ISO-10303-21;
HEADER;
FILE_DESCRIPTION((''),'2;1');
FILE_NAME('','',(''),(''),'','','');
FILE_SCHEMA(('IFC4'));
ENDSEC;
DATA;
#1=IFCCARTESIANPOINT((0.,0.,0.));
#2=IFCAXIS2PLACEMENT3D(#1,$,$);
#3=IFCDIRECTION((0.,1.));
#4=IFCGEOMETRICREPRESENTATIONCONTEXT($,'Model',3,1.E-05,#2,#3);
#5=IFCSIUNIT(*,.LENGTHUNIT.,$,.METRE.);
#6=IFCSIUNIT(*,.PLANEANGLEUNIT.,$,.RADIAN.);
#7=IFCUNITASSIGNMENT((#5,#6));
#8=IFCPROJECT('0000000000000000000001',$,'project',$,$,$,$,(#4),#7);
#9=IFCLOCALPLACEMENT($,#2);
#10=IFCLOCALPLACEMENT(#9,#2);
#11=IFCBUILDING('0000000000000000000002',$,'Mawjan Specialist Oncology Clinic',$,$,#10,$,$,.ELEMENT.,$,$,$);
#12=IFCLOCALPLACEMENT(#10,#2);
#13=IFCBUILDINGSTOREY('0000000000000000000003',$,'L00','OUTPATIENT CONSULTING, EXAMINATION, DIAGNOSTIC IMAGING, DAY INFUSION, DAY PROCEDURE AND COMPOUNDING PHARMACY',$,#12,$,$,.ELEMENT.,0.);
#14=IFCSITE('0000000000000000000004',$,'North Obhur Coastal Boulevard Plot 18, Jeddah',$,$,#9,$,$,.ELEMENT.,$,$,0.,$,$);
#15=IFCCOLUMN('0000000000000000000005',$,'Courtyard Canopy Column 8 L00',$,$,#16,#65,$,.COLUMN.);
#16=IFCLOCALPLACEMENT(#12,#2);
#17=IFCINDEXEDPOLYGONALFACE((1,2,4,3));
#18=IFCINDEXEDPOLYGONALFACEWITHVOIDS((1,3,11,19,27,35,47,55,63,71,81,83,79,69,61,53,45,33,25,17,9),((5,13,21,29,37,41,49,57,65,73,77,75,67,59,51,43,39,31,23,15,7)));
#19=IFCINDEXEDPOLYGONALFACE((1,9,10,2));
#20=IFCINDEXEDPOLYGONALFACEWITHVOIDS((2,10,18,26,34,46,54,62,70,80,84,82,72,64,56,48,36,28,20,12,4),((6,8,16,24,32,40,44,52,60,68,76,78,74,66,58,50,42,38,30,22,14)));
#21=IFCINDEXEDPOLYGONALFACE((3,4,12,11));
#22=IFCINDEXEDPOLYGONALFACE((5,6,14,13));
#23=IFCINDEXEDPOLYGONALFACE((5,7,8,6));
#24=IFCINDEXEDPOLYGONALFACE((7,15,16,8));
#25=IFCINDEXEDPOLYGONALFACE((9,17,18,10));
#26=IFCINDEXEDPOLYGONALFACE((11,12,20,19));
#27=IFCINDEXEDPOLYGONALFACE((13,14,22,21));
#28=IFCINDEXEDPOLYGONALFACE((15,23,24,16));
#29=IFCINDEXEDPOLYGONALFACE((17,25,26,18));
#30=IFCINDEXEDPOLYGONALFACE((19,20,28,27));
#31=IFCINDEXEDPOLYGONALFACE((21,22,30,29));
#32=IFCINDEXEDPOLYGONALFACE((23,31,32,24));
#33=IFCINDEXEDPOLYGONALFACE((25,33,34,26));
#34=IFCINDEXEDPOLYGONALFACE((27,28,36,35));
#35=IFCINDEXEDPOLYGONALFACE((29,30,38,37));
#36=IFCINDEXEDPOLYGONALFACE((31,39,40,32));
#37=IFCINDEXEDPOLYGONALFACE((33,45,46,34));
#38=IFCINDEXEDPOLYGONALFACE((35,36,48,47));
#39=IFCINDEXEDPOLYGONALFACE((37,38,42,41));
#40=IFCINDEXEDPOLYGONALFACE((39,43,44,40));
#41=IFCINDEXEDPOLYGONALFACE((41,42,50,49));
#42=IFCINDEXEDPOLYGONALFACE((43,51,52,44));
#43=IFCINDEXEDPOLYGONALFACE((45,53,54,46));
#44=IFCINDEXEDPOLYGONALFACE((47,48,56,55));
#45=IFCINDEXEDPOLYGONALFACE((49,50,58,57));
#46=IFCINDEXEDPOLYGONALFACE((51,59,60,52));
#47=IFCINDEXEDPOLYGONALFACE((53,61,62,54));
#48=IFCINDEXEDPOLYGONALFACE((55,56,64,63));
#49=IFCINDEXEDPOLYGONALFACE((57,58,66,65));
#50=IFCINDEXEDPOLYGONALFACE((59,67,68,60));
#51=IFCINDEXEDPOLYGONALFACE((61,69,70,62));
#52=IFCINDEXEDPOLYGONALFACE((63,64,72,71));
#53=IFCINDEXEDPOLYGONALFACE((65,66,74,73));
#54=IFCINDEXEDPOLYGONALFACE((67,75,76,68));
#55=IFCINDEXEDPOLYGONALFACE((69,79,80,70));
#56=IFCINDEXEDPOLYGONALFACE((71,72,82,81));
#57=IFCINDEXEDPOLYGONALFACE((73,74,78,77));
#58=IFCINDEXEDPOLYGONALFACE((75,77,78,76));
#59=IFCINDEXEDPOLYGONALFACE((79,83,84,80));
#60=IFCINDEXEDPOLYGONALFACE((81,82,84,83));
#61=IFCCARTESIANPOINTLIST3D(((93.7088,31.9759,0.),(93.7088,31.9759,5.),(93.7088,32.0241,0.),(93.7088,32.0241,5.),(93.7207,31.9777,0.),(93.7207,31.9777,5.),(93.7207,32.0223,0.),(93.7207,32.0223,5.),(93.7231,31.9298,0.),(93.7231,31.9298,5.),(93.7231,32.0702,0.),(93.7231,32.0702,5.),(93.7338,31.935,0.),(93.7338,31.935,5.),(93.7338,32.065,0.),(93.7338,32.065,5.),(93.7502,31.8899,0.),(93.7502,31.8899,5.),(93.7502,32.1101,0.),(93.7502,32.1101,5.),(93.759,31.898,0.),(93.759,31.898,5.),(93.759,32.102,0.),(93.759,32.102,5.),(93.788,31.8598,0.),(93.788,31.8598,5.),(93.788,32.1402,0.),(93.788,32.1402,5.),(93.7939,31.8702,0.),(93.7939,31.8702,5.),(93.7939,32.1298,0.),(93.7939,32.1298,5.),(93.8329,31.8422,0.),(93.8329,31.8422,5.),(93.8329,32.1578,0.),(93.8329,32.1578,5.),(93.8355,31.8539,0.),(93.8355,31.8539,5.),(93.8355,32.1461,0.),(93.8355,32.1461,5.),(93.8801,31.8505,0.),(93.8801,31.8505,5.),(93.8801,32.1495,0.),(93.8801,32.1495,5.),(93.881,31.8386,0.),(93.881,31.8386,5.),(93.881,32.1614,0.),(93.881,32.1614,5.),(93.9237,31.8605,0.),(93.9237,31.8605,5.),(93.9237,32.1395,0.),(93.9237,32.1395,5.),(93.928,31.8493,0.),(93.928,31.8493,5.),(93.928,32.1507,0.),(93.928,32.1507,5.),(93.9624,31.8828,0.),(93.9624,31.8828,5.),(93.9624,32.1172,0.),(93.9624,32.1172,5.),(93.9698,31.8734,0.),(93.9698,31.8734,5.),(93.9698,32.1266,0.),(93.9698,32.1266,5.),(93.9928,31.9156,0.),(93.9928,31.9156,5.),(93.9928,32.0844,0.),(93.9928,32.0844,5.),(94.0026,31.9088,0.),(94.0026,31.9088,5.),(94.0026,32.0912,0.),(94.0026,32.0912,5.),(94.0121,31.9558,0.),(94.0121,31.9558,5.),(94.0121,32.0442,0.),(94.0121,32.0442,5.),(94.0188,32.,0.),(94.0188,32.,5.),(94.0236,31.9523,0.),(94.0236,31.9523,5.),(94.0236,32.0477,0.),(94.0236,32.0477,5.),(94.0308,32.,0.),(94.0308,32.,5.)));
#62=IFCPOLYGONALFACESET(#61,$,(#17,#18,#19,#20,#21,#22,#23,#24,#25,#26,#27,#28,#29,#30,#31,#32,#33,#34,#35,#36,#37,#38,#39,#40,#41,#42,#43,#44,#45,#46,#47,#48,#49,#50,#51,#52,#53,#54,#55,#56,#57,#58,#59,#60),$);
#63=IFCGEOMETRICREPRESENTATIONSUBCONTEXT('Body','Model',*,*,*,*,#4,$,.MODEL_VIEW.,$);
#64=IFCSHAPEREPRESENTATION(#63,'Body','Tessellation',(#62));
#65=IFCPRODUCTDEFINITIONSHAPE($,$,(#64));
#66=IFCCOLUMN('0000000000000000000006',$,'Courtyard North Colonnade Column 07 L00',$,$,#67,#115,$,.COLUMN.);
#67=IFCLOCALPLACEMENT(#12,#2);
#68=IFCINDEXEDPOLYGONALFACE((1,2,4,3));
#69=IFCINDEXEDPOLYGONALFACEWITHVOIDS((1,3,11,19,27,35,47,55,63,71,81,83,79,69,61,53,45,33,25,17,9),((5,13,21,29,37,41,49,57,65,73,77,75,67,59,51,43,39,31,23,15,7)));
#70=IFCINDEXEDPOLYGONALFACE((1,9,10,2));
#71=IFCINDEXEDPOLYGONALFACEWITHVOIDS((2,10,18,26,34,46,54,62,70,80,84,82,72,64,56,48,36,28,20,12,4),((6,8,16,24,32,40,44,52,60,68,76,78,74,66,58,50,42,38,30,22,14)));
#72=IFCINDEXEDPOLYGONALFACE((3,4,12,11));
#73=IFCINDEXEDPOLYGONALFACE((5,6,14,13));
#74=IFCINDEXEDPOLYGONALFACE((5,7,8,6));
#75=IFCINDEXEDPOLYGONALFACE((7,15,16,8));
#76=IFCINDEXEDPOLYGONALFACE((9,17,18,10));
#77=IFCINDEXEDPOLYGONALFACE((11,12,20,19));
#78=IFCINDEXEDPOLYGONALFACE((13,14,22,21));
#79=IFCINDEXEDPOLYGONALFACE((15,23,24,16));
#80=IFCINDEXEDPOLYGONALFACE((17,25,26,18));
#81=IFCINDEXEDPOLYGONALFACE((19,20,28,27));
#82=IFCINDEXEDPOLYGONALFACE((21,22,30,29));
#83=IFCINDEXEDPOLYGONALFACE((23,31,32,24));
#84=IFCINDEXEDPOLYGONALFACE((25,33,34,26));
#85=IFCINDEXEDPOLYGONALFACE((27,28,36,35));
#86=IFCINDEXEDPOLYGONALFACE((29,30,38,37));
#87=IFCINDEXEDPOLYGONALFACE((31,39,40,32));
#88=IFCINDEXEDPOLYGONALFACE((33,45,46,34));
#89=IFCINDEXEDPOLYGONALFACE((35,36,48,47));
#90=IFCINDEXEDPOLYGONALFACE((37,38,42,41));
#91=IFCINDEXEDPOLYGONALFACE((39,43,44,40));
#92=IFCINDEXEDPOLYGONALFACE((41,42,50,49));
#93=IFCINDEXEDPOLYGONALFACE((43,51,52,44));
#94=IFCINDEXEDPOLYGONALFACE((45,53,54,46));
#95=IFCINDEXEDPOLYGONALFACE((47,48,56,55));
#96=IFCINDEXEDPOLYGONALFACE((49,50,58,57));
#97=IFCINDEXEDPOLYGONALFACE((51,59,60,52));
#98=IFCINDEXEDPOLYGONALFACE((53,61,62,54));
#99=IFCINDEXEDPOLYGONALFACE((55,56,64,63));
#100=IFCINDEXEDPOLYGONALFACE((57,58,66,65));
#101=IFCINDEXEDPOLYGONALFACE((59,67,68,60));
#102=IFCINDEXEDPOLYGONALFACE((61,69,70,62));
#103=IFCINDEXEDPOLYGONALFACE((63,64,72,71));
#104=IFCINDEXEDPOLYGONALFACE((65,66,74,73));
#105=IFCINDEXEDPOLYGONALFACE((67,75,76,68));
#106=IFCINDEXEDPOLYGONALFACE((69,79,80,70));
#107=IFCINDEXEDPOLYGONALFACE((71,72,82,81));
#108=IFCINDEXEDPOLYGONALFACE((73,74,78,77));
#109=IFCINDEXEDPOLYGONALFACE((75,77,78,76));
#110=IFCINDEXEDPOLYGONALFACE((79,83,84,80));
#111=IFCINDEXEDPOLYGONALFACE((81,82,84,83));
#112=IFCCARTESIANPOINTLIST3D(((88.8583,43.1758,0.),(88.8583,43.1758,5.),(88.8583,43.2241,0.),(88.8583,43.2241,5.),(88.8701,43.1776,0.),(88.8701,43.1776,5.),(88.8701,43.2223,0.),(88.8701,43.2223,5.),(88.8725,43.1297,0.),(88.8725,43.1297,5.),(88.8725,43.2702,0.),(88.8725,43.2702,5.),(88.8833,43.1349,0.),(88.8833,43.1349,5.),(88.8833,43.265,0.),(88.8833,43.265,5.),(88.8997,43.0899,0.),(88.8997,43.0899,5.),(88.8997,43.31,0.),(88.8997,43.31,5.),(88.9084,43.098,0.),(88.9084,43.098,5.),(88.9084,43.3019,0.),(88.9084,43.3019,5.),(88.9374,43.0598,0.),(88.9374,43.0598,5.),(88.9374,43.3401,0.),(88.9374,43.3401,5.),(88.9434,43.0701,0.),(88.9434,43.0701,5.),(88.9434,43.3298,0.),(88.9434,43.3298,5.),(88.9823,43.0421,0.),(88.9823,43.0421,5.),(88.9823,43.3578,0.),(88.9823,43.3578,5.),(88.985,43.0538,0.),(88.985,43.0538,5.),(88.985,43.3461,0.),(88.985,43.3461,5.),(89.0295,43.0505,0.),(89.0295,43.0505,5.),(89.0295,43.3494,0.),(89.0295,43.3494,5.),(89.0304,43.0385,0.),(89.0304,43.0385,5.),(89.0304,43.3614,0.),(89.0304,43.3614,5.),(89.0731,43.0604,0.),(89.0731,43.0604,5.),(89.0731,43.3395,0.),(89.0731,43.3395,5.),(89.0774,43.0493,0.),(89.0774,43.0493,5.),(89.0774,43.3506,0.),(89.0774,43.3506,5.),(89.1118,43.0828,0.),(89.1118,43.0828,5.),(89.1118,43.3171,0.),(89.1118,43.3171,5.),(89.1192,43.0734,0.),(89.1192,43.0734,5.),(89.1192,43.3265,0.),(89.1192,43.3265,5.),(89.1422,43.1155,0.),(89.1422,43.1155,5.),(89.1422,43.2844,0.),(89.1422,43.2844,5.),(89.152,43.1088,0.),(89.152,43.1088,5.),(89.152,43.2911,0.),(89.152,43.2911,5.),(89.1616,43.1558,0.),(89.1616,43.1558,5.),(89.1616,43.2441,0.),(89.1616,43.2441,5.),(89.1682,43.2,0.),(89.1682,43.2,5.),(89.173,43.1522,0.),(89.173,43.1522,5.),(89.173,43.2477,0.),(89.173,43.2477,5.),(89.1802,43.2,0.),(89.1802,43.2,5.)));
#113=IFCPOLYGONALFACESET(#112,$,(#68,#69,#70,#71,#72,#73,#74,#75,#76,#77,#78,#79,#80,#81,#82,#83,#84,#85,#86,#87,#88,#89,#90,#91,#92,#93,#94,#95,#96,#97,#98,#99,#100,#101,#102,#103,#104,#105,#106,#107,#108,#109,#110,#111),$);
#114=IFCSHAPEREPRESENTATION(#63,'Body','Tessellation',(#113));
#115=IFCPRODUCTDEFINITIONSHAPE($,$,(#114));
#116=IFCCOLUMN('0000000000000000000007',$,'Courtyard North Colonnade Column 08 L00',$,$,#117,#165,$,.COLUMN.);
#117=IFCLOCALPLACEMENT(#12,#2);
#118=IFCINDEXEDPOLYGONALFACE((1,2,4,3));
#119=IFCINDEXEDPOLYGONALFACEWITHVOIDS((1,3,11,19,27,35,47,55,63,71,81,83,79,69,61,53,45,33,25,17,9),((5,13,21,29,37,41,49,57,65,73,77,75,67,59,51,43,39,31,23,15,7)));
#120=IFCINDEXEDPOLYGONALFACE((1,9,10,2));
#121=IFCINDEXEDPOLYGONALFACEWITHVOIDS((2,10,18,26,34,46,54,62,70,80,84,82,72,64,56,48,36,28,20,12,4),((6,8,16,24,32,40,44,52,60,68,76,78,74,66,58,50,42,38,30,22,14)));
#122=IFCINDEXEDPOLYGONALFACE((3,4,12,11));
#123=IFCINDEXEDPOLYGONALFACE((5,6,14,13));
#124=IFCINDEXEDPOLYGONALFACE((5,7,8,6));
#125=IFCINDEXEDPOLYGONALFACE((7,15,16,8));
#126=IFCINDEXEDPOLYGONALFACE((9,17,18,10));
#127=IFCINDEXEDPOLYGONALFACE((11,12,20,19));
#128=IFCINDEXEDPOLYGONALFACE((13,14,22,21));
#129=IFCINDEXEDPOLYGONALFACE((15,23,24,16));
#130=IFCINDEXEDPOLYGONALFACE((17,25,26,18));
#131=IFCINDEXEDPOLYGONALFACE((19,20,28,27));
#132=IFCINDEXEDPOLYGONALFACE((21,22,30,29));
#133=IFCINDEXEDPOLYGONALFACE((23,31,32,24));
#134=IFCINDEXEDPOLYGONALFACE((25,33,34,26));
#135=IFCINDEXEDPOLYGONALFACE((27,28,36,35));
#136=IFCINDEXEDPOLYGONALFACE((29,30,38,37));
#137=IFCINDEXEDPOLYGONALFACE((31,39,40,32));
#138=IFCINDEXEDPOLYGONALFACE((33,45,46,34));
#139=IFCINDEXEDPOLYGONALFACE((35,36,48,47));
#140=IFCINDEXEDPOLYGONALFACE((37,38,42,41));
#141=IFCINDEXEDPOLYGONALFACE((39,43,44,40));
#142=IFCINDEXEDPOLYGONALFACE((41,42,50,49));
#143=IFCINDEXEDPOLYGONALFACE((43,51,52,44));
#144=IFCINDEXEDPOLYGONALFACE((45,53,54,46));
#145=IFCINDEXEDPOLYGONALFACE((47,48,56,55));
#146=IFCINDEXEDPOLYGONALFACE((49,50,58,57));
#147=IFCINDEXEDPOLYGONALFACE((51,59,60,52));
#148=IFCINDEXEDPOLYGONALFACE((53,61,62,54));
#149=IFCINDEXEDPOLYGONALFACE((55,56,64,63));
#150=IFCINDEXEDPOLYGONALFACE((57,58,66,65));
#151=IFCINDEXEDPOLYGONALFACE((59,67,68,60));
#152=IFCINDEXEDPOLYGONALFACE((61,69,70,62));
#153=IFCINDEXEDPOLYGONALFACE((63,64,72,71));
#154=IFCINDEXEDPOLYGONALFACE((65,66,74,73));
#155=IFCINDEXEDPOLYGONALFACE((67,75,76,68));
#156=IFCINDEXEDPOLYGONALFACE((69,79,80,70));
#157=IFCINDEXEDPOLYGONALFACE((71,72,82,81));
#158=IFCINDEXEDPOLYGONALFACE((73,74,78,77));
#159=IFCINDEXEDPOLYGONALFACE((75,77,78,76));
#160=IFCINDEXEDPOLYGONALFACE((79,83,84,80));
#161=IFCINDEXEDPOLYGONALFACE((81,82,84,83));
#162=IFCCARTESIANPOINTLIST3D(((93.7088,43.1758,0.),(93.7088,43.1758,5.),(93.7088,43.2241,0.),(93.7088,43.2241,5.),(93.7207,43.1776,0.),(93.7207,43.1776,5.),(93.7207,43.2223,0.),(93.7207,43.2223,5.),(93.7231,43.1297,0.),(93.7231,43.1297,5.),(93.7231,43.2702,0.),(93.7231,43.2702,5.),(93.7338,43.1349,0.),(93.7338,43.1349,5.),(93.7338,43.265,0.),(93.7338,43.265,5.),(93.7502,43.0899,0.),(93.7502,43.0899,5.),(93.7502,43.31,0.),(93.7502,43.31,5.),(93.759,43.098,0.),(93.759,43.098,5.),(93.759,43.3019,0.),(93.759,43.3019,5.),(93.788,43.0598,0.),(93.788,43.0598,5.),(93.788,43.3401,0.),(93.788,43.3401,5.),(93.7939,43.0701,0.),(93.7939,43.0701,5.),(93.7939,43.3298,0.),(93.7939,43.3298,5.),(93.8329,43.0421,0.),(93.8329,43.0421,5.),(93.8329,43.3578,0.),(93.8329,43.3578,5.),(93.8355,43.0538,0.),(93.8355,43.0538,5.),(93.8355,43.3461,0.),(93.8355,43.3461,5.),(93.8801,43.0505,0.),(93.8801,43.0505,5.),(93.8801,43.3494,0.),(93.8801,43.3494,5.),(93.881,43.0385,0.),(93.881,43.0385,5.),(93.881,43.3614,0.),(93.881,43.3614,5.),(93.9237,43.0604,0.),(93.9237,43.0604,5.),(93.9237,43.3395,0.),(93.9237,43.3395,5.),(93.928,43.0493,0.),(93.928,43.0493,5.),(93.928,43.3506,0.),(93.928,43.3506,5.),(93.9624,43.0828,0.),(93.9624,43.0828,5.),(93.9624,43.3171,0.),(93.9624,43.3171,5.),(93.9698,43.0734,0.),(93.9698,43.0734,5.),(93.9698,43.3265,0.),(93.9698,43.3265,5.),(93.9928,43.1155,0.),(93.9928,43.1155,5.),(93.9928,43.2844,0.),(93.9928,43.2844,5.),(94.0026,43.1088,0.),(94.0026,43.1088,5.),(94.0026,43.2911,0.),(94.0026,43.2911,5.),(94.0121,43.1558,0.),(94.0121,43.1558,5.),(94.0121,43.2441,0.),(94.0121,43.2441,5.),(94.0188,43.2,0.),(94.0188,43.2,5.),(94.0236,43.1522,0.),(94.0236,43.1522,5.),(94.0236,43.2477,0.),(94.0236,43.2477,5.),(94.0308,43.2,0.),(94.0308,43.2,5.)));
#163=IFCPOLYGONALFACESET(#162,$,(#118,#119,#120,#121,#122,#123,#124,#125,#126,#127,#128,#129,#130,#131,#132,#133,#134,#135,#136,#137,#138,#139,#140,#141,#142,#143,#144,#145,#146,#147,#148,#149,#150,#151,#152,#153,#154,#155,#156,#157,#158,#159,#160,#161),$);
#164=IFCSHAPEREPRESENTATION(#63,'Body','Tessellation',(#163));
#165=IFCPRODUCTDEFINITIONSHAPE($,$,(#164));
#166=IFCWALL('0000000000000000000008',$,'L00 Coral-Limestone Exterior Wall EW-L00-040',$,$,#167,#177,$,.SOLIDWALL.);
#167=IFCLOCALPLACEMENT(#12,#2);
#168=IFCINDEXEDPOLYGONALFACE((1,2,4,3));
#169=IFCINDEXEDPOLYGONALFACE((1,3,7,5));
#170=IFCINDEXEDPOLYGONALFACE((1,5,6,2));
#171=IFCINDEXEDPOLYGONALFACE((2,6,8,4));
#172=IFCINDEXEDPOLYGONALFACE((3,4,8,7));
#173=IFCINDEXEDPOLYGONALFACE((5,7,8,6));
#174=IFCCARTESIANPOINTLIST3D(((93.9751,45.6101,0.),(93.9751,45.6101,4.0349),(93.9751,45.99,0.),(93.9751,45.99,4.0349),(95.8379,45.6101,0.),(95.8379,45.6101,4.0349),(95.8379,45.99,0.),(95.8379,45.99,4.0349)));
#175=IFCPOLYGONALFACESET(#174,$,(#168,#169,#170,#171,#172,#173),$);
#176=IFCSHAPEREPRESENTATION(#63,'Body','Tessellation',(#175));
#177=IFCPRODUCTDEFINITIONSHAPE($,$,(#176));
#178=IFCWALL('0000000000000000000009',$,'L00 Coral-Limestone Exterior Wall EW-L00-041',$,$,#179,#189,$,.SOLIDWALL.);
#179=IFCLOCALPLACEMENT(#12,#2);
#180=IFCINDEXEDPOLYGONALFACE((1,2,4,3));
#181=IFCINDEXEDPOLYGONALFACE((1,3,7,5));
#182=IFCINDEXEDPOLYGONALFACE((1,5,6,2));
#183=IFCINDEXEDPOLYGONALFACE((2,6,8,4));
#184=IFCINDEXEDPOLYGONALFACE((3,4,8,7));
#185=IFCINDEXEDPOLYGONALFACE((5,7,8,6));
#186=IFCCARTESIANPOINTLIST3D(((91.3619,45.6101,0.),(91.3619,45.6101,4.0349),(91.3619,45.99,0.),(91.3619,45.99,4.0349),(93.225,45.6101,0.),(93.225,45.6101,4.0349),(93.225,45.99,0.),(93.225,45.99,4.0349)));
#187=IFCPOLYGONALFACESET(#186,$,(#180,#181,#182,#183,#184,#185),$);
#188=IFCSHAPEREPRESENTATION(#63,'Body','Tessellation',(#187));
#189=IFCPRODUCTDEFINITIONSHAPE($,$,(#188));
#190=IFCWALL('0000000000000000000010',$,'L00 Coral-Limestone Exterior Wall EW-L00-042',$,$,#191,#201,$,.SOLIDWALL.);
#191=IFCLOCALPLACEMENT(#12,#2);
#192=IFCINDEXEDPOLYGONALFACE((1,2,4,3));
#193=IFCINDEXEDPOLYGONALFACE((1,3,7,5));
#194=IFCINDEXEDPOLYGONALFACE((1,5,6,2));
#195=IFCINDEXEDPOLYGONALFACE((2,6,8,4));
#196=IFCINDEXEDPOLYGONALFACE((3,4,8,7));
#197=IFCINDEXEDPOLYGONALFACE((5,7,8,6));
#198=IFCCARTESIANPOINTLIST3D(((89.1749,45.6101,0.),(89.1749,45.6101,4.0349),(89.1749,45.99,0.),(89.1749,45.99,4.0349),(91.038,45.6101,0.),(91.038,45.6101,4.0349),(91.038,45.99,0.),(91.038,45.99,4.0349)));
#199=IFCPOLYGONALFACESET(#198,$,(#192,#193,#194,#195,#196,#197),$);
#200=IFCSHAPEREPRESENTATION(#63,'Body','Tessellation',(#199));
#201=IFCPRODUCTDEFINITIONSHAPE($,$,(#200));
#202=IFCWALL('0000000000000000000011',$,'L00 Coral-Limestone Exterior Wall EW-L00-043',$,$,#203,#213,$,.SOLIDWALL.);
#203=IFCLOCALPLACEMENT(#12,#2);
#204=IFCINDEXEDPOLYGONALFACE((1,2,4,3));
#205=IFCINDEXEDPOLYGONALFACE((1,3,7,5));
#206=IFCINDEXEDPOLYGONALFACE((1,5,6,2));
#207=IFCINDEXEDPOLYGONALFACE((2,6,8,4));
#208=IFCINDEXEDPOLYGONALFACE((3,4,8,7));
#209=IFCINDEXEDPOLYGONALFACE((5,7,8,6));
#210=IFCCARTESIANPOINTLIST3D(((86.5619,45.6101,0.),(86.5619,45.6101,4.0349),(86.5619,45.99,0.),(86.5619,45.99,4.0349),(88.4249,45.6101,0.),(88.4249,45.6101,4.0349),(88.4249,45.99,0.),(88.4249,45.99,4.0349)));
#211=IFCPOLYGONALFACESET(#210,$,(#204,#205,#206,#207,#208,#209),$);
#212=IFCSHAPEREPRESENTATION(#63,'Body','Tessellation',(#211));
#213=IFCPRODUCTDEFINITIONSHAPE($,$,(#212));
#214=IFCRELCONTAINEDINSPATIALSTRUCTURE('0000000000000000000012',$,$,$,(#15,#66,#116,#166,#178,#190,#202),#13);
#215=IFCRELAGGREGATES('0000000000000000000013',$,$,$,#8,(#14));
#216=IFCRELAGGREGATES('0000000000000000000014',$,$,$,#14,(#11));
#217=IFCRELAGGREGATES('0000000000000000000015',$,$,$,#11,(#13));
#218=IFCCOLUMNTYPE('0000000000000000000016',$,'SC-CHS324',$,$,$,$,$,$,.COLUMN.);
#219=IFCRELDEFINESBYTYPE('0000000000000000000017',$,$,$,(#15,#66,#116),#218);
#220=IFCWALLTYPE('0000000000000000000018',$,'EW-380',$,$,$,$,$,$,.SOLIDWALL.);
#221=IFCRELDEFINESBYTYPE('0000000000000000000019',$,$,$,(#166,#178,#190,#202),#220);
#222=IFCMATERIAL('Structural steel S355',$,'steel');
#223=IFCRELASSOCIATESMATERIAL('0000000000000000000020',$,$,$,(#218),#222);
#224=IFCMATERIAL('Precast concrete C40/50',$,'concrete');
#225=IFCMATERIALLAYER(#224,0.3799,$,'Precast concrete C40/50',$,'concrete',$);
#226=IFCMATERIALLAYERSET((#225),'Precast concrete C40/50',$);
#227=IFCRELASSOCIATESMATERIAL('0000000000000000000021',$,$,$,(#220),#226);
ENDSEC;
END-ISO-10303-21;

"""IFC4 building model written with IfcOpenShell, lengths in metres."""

from ifc_helpers import new_model, si_unit, direction, frame, frame_2d, origin, origin_2d, place, context, subcontext, project, spatial, rectangle, hollow_circle, extrude, material, layer, layer_set, material_profile, profile_set, type_object, element, save


model = new_model("IFC4")

# Units and contexts
model_context = context("Model", 3, precision=1e-05, world=origin(), true_north=direction((0.0, 1.0)))
body_context = subcontext(model_context, "Body", "Model", "MODEL_VIEW")
ifc_project = project(units=[si_unit("LENGTHUNIT", "METRE"), si_unit("PLANEANGLEUNIT", "RADIAN")], contexts=[model_context])

# Site, building, storey
site_placement = place(None, origin())
site = spatial("IfcSite", under=ifc_project, at=site_placement, Name="North Obhur Coastal Boulevard Plot 18, Jeddah", CompositionType="ELEMENT", RefElevation=0.0)
building_placement = place(site_placement, origin())
building = spatial("IfcBuilding", under=site, at=building_placement, Name="Mawjan Specialist Oncology Clinic", CompositionType="ELEMENT")
storey_placement = place(building_placement, origin())
storey = spatial("IfcBuildingStorey", under=building, at=storey_placement, Name="L00", Description="OUTPATIENT CONSULTING, EXAMINATION, DIAGNOSTIC IMAGING, DAY INFUSION, DAY PROCEDURE AND COMPOUNDING PHARMACY", CompositionType="ELEMENT", Elevation=0.0)

# Columns
ifc_material_1 = material(Name="Structural steel S355", Category="steel")
ifc_material_profile_1 = material_profile(ifc_material_1, hollow_circle(Radius=0.1619, WallThickness=0.012, at=origin_2d()), Name="CHS 323.9x12", Category="steel")
ifc_profile_set_1 = profile_set([ifc_material_profile_1], Name="Structural steel S355")
column_type_1 = type_object("IfcColumnType", Name="SC-CHS324", PredefinedType="COLUMN", material=ifc_profile_set_1)
for number, where, z_axis, x_axis, name in (
    (1, (93.8689, 32.0, 0.0), (0.0, 0.0, 1.0), (1.0, 0.0, 0.0), "Courtyard Canopy Column 8 L00"),
    (2, (89.0183, 43.2, 0.0), (0.0, 0.0, 1.0), (1.0, 0.0, 0.0), "Courtyard North Colonnade Column 07 L00"),
    (3, (93.8689, 43.2, 0.0), (0.0, 0.0, 1.0), (1.0, 0.0, 0.0), "Courtyard North Colonnade Column 08 L00"),
):
    element("IfcColumn", number, at=place(storey_placement, frame(where, z_axis=z_axis, x_axis=x_axis)), inside=storey, type_object=column_type_1, Name=name, PredefinedType="COLUMN", context=body_context, shape_type="SweptSolid", body=[
        extrude(hollow_circle(Radius=0.1619, WallThickness=0.012, at=origin_2d()), origin(), (0.0, 0.0, 1.0), 5.0),
    ])

# Walls
ifc_material_2 = material(Name="Precast concrete C40/50", Category="concrete")
ifc_layer = layer(ifc_material_2, 0.3799, Name="Precast concrete C40/50", Category="concrete")
ifc_layer_set = layer_set([ifc_layer], Name="Precast concrete C40/50")
wall_type = type_object("IfcWallType", Name="EW-380", PredefinedType="SOLIDWALL", material=ifc_layer_set)
wall_placement = place(storey_placement, frame((95.8379, 45.8, 0.0), z_axis=(0.0, 0.0, 1.0), x_axis=(-1.0, 0.0, 0.0)))
element("IfcWall", 4, at=wall_placement, inside=storey, type_object=wall_type, Name="L00 Coral-Limestone Exterior Wall EW-L00-040", PredefinedType="SOLIDWALL", context=body_context, shape_type="SweptSolid", body=[
    extrude(rectangle(XDim=1.8628, YDim=0.3799, at=frame_2d((0.9314, 0.0))), origin(), (0.0, 0.0, 1.0), 4.0349),
])
for number, where, z_axis, x_axis, name in (
    (5, (93.2251, 45.8, 0.0), (0.0, 0.0, 1.0), (-1.0, 0.0, 0.0), "L00 Coral-Limestone Exterior Wall EW-L00-041"),
    (6, (91.0381, 45.8, 0.0), (0.0, 0.0, 1.0), (-1.0, 0.0, 0.0), "L00 Coral-Limestone Exterior Wall EW-L00-042"),
    (7, (88.425, 45.8, 0.0), (0.0, 0.0, 1.0), (-1.0, 0.0, 0.0), "L00 Coral-Limestone Exterior Wall EW-L00-043"),
):
    element("IfcWall", number, at=place(storey_placement, frame(where, z_axis=z_axis, x_axis=x_axis)), inside=storey, type_object=wall_type, Name=name, PredefinedType="SOLIDWALL", context=body_context, shape_type="SweptSolid", body=[
        extrude(rectangle(XDim=1.863, YDim=0.3799, at=frame_2d((0.9316, 0.0))), origin(), (0.0, 0.0, 1.0), 4.0349),
    ])

save(model, "model.ifc")
